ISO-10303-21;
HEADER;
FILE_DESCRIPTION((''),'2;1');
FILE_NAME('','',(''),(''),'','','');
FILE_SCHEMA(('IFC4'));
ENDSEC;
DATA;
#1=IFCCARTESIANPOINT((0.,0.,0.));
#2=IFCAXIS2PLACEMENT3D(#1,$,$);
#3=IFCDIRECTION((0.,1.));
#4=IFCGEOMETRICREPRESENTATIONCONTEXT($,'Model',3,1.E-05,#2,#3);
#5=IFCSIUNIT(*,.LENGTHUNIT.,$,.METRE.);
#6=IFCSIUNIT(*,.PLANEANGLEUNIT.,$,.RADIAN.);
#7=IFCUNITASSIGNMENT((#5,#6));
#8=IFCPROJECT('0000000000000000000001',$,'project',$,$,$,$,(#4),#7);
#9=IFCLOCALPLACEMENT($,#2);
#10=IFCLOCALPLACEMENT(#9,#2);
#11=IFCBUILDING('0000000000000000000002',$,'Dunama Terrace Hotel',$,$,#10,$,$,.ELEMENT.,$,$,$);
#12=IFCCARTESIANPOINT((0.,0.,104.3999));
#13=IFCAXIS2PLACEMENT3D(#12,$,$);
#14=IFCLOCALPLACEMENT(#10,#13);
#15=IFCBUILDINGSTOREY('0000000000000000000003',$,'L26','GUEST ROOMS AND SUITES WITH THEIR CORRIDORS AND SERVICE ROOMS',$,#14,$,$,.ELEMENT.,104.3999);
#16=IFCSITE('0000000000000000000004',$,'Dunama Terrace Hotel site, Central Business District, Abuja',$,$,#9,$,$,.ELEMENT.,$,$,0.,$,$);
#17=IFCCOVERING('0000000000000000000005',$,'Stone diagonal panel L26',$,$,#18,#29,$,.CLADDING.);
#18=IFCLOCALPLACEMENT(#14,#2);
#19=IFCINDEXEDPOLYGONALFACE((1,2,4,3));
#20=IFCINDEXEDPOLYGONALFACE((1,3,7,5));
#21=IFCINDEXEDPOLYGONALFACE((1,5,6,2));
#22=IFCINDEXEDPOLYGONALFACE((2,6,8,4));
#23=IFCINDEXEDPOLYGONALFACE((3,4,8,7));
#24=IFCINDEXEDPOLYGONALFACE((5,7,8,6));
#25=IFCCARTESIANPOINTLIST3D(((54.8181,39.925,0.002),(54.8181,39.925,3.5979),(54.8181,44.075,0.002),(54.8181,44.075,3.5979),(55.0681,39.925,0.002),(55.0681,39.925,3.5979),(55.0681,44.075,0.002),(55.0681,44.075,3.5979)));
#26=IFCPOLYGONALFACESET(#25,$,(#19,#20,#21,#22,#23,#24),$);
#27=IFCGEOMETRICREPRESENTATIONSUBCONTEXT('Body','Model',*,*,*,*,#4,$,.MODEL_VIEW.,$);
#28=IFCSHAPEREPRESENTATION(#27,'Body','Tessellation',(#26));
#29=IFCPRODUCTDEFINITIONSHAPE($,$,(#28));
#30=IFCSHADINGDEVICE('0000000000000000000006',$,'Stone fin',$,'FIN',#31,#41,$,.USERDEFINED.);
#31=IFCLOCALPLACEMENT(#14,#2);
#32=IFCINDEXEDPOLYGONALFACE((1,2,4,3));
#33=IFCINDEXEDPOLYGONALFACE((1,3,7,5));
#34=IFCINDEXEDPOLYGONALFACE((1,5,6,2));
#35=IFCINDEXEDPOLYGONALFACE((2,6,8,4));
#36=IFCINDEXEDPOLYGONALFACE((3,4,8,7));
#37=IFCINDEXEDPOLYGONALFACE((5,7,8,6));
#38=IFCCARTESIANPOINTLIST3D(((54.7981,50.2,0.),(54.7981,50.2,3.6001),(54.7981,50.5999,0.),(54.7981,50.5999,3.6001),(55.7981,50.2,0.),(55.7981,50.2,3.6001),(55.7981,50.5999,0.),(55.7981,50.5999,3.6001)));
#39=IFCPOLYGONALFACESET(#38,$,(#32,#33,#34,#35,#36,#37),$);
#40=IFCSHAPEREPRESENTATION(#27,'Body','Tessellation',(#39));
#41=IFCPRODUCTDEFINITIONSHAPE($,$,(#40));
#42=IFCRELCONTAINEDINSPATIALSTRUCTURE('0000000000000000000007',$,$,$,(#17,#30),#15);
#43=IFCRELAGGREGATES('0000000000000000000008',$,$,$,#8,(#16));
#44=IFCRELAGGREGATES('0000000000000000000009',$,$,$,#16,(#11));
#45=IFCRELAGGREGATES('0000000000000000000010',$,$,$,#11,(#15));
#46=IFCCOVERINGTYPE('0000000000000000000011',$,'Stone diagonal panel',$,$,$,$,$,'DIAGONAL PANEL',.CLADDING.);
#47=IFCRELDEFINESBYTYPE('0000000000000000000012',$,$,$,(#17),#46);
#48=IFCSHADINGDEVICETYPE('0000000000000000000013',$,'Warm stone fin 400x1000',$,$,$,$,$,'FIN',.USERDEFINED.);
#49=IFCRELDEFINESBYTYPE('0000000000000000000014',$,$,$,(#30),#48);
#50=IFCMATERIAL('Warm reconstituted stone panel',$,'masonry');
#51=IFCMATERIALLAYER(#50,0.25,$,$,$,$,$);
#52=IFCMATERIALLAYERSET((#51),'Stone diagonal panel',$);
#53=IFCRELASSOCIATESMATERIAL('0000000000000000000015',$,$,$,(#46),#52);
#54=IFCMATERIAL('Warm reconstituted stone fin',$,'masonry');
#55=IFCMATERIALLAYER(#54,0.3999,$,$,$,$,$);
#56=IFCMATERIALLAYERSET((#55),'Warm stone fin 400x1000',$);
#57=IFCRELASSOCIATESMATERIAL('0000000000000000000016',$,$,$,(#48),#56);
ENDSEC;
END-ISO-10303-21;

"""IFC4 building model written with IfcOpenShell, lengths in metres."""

from ifc_helpers import new_model, si_unit, direction, frame, origin, origin_2d, place, context, subcontext, project, spatial, rectangle, extrude, material, layer, layer_set, type_object, element, save


model = new_model("IFC4")

# Units and contexts
model_context = context("Model", 3, precision=1e-05, world=origin(), true_north=direction((0.0, 1.0)))
body_context = subcontext(model_context, "Body", "Model", "MODEL_VIEW")
ifc_project = project(units=[si_unit("LENGTHUNIT", "METRE"), si_unit("PLANEANGLEUNIT", "RADIAN")], contexts=[model_context])

# Site, building, storey
site_placement = place(None, origin())
site = spatial("IfcSite", under=ifc_project, at=site_placement, Name="Dunama Terrace Hotel site, Central Business District, Abuja", CompositionType="ELEMENT", RefElevation=0.0)
building_placement = place(site_placement, origin())
building = spatial("IfcBuilding", under=site, at=building_placement, Name="Dunama Terrace Hotel", CompositionType="ELEMENT")
storey_placement = place(building_placement, frame((0.0, 0.0, 104.3999)))
storey = spatial("IfcBuildingStorey", under=building, at=storey_placement, Name="L26", Description="GUEST ROOMS AND SUITES WITH THEIR CORRIDORS AND SERVICE ROOMS", CompositionType="ELEMENT", Elevation=104.3999)

# Covering
ifc_material_1 = material(Name="Warm reconstituted stone panel", Category="masonry")
ifc_layer_1 = layer(ifc_material_1, 0.25)
ifc_layer_set_1 = layer_set([ifc_layer_1], Name="Stone diagonal panel")
covering_type = type_object("IfcCoveringType", Name="Stone diagonal panel", ElementType="DIAGONAL PANEL", PredefinedType="CLADDING", material=ifc_layer_set_1)
covering_placement = place(storey_placement, frame((54.9431, 42.0, 0.002), z_axis=(0.0, 0.0, 1.0), x_axis=(0.0, 1.0, 0.0)))
element("IfcCovering", 1, at=covering_placement, inside=storey, type_object=covering_type, Name="Stone diagonal panel L26", PredefinedType="CLADDING", context=body_context, shape_type="SweptSolid", body=[
    extrude(rectangle(XDim=4.1499, YDim=0.25, at=origin_2d()), origin(), (0.0, 0.0, 1.0), 3.5959),
])

# Shading device
ifc_material_2 = material(Name="Warm reconstituted stone fin", Category="masonry")
ifc_layer_2 = layer(ifc_material_2, 0.3999)
ifc_layer_set_2 = layer_set([ifc_layer_2], Name="Warm stone fin 400x1000")
shading_device_type = type_object("IfcShadingDeviceType", Name="Warm stone fin 400x1000", ElementType="FIN", PredefinedType="USERDEFINED", material=ifc_layer_set_2)
shading_device_placement = place(storey_placement, frame((55.2981, 50.3999, 0.0), z_axis=(0.0, 0.0, 1.0), x_axis=(0.0, 1.0, 0.0)))
element("IfcShadingDevice", 2, at=shading_device_placement, inside=storey, type_object=shading_device_type, Name="Stone fin", ObjectType="FIN", PredefinedType="USERDEFINED", context=body_context, shape_type="SweptSolid", body=[
    extrude(rectangle(XDim=0.3999, YDim=1.0, at=origin_2d()), origin(), (0.0, 0.0, 1.0), 3.6001),
])

save(model, "model.ifc")
